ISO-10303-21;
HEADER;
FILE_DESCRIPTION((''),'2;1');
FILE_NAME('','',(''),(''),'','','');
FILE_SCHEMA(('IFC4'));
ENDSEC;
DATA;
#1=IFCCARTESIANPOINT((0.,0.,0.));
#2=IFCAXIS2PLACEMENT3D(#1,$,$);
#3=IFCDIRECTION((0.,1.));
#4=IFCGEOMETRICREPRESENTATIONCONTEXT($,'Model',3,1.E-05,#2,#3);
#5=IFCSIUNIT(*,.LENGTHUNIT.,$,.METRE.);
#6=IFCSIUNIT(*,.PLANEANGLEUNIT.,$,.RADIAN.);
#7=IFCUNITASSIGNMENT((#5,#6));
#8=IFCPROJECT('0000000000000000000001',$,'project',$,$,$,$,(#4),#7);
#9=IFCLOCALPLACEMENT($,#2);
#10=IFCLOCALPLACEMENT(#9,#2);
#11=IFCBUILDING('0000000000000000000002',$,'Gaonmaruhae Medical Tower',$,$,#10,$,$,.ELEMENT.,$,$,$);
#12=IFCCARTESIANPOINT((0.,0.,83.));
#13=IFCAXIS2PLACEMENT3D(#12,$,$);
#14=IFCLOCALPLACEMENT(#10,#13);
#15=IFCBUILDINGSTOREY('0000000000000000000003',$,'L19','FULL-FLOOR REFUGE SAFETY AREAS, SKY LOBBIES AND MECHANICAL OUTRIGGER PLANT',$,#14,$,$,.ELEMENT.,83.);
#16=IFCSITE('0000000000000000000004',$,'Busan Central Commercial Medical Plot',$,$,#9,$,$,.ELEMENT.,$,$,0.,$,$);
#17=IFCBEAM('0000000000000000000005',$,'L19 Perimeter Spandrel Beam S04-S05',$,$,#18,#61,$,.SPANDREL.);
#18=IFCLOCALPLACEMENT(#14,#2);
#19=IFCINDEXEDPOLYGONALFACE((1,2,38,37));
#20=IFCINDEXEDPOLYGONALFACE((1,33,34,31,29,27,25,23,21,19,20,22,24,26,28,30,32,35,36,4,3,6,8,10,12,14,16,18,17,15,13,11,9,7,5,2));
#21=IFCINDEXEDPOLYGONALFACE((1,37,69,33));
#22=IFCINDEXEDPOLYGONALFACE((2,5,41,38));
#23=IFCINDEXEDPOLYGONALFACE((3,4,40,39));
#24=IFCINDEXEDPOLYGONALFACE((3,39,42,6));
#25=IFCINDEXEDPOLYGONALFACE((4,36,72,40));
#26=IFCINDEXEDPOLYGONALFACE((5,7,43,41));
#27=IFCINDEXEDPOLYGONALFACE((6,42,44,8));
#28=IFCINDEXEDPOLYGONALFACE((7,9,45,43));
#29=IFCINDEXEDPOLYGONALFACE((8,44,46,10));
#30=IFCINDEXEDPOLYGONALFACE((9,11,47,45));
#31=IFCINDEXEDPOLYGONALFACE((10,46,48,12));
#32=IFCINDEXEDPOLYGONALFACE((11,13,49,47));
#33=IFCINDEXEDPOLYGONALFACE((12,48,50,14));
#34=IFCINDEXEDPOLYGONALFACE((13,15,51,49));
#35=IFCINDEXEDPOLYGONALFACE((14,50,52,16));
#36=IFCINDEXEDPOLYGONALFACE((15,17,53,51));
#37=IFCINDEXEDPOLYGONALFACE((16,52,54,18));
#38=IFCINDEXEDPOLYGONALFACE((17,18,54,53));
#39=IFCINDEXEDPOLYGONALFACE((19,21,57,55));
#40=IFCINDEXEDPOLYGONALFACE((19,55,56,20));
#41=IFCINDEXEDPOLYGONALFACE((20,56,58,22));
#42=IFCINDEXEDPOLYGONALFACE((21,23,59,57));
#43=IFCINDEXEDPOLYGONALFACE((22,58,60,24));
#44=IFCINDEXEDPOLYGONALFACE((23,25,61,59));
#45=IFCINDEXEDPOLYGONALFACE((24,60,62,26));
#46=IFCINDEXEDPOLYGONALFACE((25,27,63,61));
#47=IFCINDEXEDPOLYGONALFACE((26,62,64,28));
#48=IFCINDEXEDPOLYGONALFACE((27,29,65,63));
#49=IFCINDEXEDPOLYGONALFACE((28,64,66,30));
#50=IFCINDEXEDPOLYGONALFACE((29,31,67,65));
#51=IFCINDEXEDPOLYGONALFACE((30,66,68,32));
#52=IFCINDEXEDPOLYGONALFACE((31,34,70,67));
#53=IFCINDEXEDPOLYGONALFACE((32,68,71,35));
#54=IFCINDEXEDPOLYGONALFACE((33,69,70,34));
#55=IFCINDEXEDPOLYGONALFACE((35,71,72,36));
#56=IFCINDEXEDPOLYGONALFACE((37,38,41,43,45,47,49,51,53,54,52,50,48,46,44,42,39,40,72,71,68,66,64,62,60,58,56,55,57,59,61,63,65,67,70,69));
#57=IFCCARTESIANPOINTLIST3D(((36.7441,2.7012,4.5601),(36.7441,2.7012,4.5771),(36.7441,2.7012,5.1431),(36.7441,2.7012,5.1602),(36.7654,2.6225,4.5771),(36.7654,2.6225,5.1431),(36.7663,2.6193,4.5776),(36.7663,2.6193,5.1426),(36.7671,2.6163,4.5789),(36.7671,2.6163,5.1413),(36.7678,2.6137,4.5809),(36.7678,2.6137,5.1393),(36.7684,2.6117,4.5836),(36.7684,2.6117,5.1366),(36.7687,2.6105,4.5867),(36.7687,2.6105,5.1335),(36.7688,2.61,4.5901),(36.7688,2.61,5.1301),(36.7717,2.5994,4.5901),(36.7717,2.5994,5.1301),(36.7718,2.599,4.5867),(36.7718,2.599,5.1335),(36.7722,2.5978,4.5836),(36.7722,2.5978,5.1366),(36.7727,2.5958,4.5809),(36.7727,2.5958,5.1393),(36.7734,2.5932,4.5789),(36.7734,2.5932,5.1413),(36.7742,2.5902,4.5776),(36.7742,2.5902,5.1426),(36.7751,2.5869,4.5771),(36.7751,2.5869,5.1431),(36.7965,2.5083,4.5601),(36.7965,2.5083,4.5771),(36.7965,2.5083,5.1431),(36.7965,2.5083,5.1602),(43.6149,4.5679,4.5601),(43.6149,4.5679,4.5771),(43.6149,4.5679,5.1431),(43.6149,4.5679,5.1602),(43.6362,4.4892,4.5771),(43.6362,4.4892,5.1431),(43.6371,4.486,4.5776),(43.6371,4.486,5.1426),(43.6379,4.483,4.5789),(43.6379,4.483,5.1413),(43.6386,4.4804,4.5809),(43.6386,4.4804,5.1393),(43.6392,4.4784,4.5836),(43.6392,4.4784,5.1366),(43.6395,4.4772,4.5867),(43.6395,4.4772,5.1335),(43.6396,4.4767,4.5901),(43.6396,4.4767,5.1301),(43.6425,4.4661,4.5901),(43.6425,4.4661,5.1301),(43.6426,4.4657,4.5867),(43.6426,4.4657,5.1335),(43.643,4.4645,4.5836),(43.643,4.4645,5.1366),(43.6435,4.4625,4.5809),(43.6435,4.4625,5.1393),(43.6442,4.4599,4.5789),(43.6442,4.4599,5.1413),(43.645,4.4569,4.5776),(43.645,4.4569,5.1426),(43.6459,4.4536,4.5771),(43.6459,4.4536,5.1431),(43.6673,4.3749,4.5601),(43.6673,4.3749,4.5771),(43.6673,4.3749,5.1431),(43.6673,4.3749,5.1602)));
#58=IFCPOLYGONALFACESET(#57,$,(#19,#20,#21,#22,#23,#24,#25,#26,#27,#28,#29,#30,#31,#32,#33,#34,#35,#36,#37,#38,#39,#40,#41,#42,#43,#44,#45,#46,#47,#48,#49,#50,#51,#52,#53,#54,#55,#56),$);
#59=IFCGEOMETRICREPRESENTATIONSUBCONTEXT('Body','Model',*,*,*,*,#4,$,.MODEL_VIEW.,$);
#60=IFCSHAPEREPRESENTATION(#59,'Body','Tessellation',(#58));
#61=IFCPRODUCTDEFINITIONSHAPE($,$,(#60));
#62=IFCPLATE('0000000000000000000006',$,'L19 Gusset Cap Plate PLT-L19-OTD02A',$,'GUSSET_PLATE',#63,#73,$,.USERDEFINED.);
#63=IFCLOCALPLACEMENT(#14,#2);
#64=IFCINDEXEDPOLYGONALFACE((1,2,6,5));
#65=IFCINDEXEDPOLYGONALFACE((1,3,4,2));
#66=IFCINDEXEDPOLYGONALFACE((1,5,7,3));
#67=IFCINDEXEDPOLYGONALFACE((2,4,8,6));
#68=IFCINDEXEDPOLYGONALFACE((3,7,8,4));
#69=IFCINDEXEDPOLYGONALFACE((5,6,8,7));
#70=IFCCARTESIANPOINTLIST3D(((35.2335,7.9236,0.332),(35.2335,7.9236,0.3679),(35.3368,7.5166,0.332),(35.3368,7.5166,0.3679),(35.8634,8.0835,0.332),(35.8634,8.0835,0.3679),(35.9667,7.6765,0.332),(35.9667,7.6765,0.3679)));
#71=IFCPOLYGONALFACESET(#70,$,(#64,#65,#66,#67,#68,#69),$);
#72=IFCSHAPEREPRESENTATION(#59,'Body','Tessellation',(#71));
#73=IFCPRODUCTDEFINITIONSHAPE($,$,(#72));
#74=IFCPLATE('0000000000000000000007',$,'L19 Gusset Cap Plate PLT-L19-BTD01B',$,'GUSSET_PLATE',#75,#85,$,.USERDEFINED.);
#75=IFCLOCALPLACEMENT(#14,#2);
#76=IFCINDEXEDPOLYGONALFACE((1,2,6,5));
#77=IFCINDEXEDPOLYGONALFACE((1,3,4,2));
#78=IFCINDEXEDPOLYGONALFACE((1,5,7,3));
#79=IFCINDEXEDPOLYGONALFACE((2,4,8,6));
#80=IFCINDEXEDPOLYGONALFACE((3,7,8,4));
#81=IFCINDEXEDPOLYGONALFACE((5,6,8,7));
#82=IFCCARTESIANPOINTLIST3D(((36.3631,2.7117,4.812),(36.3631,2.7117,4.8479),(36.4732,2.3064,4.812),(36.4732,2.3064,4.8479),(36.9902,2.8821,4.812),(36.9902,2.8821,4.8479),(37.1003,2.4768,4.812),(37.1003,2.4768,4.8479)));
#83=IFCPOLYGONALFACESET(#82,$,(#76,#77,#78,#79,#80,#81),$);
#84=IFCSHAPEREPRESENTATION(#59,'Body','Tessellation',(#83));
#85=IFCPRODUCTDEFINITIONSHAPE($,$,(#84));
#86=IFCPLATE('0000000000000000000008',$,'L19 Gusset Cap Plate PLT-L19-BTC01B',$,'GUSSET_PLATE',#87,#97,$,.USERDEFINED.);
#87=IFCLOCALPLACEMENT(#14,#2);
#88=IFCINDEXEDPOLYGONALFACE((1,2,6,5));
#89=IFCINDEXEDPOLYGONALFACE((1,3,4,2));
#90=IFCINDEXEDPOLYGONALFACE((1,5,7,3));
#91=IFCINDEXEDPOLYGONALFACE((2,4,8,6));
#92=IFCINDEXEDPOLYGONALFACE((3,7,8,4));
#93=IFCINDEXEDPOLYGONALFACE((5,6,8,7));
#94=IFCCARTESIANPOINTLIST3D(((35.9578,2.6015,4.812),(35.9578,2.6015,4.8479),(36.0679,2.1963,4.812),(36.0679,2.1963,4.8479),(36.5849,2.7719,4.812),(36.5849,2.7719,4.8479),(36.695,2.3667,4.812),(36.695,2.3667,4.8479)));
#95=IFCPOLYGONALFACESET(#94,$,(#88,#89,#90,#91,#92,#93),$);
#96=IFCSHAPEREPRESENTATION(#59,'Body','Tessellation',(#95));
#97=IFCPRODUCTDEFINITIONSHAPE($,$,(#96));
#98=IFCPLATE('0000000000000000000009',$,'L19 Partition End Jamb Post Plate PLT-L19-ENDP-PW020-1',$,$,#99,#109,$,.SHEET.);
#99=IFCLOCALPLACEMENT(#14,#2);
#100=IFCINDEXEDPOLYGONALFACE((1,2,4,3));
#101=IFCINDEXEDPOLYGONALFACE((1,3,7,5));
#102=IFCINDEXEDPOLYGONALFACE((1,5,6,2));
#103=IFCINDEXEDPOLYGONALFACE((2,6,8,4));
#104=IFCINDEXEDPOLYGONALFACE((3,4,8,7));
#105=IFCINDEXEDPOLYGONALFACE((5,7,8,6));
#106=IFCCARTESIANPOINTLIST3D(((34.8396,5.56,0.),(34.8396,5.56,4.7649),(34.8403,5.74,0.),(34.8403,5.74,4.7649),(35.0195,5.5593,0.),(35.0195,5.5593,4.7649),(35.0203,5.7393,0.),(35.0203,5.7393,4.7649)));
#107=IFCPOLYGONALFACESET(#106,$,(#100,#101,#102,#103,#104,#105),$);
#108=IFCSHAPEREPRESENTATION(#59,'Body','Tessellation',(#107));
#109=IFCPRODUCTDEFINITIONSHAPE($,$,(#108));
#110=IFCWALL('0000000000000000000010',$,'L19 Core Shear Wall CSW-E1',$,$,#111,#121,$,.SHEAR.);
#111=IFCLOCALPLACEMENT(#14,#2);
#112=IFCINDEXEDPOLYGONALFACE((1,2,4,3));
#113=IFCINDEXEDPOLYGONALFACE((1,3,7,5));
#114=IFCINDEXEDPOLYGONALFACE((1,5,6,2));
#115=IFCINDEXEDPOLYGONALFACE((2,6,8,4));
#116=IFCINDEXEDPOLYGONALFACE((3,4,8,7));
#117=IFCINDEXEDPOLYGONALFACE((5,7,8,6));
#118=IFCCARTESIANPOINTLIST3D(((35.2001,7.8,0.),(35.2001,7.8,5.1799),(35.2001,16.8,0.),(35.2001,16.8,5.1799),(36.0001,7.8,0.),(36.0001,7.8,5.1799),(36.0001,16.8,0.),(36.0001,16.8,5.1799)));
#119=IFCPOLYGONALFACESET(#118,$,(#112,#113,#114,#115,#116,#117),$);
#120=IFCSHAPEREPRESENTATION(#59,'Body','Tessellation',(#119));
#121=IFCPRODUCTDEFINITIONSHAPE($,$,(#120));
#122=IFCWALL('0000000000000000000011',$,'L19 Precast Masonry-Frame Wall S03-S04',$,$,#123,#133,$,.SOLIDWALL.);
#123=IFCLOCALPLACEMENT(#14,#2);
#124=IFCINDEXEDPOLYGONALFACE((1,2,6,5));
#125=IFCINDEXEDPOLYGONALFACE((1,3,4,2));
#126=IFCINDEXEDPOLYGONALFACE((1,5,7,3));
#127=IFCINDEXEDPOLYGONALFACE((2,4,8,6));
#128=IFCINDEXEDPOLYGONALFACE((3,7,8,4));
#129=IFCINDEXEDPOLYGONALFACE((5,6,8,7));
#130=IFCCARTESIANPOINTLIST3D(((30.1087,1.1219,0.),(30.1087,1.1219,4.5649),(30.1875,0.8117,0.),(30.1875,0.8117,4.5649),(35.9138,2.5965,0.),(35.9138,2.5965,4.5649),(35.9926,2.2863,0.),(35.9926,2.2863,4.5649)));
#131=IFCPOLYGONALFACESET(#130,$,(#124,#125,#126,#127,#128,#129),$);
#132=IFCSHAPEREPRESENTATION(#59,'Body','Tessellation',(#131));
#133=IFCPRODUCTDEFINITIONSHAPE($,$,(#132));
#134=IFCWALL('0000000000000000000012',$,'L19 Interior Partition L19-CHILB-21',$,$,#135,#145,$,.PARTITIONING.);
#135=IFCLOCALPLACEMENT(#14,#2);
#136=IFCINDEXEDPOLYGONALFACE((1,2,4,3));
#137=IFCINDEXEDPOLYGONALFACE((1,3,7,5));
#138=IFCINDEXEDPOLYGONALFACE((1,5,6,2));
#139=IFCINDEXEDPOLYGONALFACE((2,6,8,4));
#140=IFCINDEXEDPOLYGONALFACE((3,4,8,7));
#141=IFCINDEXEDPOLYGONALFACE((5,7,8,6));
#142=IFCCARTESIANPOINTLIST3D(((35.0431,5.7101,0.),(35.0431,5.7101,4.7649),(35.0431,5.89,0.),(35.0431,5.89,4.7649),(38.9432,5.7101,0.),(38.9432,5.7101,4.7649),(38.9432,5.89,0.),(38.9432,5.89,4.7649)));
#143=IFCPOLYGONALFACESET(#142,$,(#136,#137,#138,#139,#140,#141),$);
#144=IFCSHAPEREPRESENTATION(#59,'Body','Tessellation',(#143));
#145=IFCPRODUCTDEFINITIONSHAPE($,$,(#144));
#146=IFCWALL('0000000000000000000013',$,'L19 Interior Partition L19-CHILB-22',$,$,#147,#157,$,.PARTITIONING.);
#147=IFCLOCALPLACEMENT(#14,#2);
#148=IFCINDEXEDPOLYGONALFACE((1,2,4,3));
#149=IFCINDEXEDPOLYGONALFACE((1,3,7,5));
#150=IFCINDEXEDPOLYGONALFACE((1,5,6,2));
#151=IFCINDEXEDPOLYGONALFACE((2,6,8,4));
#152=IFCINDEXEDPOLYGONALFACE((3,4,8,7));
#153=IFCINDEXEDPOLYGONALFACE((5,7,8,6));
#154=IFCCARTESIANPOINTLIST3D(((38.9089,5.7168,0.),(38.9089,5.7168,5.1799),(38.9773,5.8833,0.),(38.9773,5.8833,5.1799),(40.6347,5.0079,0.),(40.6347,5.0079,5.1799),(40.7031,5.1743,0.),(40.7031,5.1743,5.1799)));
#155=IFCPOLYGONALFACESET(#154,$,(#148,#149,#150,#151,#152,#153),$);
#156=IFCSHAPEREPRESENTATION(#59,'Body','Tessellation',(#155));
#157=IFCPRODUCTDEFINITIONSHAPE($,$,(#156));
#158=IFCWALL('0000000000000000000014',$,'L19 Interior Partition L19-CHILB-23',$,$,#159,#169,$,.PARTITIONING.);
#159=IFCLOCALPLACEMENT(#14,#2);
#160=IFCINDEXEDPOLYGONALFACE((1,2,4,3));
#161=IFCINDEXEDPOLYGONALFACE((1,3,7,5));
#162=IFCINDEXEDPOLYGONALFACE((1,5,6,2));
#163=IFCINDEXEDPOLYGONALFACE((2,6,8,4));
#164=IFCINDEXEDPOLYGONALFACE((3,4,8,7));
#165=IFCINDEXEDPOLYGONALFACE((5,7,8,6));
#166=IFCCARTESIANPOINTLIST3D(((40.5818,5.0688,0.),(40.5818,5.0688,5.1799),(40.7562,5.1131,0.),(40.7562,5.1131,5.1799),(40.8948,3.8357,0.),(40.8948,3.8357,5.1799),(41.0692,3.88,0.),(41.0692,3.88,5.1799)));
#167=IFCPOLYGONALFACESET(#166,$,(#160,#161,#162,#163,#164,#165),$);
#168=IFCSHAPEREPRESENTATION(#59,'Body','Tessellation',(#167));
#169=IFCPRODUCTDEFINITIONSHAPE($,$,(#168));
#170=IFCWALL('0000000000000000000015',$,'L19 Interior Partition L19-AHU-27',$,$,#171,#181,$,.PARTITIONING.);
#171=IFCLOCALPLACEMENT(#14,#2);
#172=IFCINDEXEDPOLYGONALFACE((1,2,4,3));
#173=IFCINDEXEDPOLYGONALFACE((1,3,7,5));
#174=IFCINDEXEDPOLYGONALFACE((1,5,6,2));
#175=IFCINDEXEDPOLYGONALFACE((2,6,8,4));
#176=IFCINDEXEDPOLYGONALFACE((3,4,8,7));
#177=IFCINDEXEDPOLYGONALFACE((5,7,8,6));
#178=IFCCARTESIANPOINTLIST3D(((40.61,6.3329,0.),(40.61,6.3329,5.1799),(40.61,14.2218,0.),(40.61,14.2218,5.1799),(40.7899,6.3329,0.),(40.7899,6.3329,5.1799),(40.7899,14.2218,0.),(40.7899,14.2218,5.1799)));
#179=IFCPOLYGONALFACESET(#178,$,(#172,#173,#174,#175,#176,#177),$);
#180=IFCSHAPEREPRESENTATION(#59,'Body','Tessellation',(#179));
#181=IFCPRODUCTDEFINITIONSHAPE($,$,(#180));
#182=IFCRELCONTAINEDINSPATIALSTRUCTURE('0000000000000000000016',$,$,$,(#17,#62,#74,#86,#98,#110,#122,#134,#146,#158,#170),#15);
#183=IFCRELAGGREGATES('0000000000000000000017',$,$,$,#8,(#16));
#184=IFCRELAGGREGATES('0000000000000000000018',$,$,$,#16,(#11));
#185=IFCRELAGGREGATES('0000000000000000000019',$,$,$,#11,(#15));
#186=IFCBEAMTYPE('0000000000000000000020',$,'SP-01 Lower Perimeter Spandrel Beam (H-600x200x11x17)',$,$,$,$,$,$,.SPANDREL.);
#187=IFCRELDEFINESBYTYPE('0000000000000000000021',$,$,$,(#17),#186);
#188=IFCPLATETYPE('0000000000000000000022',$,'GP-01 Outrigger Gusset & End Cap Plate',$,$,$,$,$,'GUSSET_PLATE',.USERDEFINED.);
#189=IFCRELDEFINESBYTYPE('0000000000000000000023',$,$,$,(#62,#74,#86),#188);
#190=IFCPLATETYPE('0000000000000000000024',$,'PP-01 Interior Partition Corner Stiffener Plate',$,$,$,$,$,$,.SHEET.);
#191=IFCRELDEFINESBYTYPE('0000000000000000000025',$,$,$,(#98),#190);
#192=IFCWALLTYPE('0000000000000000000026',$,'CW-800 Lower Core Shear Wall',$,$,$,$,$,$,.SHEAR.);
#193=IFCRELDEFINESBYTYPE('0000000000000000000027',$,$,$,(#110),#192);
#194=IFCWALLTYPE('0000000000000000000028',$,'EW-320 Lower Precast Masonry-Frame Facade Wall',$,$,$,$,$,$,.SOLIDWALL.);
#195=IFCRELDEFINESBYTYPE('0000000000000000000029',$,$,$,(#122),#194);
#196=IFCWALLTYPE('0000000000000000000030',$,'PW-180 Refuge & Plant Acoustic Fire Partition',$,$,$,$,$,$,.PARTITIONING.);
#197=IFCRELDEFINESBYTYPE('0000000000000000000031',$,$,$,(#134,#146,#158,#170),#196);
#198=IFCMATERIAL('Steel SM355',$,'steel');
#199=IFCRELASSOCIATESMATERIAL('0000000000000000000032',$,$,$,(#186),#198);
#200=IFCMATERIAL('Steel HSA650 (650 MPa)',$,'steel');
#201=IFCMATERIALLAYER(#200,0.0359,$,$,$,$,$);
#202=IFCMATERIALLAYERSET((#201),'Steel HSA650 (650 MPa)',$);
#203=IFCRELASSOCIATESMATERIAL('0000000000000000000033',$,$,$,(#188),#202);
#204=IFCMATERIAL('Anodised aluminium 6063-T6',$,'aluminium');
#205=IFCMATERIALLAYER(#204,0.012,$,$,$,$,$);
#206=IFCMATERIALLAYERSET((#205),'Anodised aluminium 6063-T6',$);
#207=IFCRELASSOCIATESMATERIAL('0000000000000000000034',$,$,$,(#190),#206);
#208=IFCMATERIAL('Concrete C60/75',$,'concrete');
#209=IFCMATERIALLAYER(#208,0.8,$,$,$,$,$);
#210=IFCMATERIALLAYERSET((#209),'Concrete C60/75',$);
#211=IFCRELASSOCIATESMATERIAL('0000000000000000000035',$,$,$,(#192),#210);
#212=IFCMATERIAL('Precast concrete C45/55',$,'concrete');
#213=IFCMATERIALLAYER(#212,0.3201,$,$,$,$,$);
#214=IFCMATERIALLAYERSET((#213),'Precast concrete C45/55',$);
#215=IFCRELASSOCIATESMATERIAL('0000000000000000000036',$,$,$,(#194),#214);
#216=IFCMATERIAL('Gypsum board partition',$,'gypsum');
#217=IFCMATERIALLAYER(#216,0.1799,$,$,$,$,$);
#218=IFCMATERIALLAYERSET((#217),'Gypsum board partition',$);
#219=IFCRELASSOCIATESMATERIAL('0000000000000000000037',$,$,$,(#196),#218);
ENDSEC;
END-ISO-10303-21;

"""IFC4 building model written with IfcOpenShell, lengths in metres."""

from ifc_helpers import new_model, si_unit, direction, frame, frame_2d, origin, origin_2d, place, context, subcontext, project, spatial, rectangle, i_section, extrude, material, layer, layer_set, material_profile, profile_set, type_object, element, save


model = new_model("IFC4")

# Units and contexts
model_context = context("Model", 3, precision=1e-05, world=origin(), true_north=direction((0.0, 1.0)))
body_context = subcontext(model_context, "Body", "Model", "MODEL_VIEW")
ifc_project = project(units=[si_unit("LENGTHUNIT", "METRE"), si_unit("PLANEANGLEUNIT", "RADIAN")], contexts=[model_context])

# Site, building, storey
site_placement = place(None, origin())
site = spatial("IfcSite", under=ifc_project, at=site_placement, Name="Busan Central Commercial Medical Plot", CompositionType="ELEMENT", RefElevation=0.0)
building_placement = place(site_placement, origin())
building = spatial("IfcBuilding", under=site, at=building_placement, Name="Gaonmaruhae Medical Tower", CompositionType="ELEMENT")
storey_placement = place(building_placement, frame((0.0, 0.0, 83.0)))
storey = spatial("IfcBuildingStorey", under=building, at=storey_placement, Name="L19", Description="FULL-FLOOR REFUGE SAFETY AREAS, SKY LOBBIES AND MECHANICAL OUTRIGGER PLANT", CompositionType="ELEMENT", Elevation=83.0)

# Shared definitions
ifc_material_1 = material(Name="Concrete C60/75", Category="concrete")
ifc_material_2 = material(Name="Steel HSA650 (650 MPa)", Category="steel")

# Beam
ifc_material_3 = material(Name="Steel SM355", Category="steel")
ifc_material_profile_1 = material_profile(ifc_material_3, i_section(OverallWidth=0.2, OverallDepth=0.6001, WebThickness=0.011, FlangeThickness=0.0171, FilletRadius=0.0129, at=origin_2d()), Name="H-600x200x11x17")
ifc_profile_set_1 = profile_set([ifc_material_profile_1], Name="Steel SM355")
beam_type_1 = type_object("IfcBeamType", Name="SP-01 Lower Perimeter Spandrel Beam (H-600x200x11x17)", PredefinedType="SPANDREL", material=ifc_profile_set_1)
beam_1_placement = place(storey_placement, frame((36.7703, 2.6047, 4.8601), z_axis=(0.965019, 0.26218, 0.0), x_axis=(-0.26218, 0.965019, 0.0)))
element("IfcBeam", 1, at=beam_1_placement, inside=storey, type_object=beam_type_1, Name="L19 Perimeter Spandrel Beam S04-S05", PredefinedType="SPANDREL", context=body_context, shape_type="SweptSolid", body=[
    extrude(i_section(OverallWidth=0.2, OverallDepth=0.6001, WebThickness=0.011, FlangeThickness=0.0171, FilletRadius=0.0129, at=origin_2d()), origin(), (0.0, 0.0, 1.0), 7.1199),
])

# Plates
ifc_layer_1 = layer(ifc_material_2, 0.0359)
ifc_layer_set_1 = layer_set([ifc_layer_1], Name="Steel HSA650 (650 MPa)")
plate_type_1 = type_object("IfcPlateType", Name="GP-01 Outrigger Gusset & End Cap Plate", ElementType="GUSSET_PLATE", PredefinedType="USERDEFINED", material=ifc_layer_set_1)
for number, where, z_axis, x_axis, name in (
    (2, (35.6001, 7.8, 0.332), (0.0, 0.0, 1.0), (0.969231, 0.246153, 0.0), "L19 Gusset Cap Plate PLT-L19-OTD02A"),
    (3, (36.7317, 2.5942, 4.812), (0.0, 0.0, 1.0), (0.965016, 0.262189, 0.0), "L19 Gusset Cap Plate PLT-L19-BTD01B"),
    (4, (36.3264, 2.4841, 4.812), (0.0, 0.0, 1.0), (0.965016, 0.262189, 0.0), "L19 Gusset Cap Plate PLT-L19-BTC01B"),
):
    element("IfcPlate", number, at=place(storey_placement, frame(where, z_axis=z_axis, x_axis=x_axis)), inside=storey, type_object=plate_type_1, Name=name, ObjectType="GUSSET_PLATE", PredefinedType="USERDEFINED", context=body_context, shape_type="SweptSolid", body=[
        extrude(rectangle(XDim=0.6499, YDim=0.4199, at=origin_2d()), origin(), (0.0, 0.0, 1.0), 0.0359),
    ])
ifc_material_4 = material(Name="Anodised aluminium 6063-T6", Category="aluminium")
ifc_layer_2 = layer(ifc_material_4, 0.012)
ifc_layer_set_2 = layer_set([ifc_layer_2], Name="Anodised aluminium 6063-T6")
plate_type_2 = type_object("IfcPlateType", Name="PP-01 Interior Partition Corner Stiffener Plate", PredefinedType="SHEET", material=ifc_layer_set_2)
plate_placement = place(storey_placement, frame((34.9299, 5.6497, 0.0), z_axis=(0.0, 0.0, 1.0), x_axis=(0.999992, -0.003927, 0.0)))
element("IfcPlate", 5, at=plate_placement, inside=storey, type_object=plate_type_2, Name="L19 Partition End Jamb Post Plate PLT-L19-ENDP-PW020-1", PredefinedType="SHEET", context=body_context, shape_type="SweptSolid", body=[
    extrude(rectangle(XDim=0.1799, YDim=0.1799, at=origin_2d()), origin(), (0.0, 0.0, 1.0), 4.7649),
])

# Walls
ifc_layer_3 = layer(ifc_material_1, 0.8)
ifc_layer_set_3 = layer_set([ifc_layer_3], Name="Concrete C60/75")
wall_type_1 = type_object("IfcWallType", Name="CW-800 Lower Core Shear Wall", PredefinedType="SHEAR", material=ifc_layer_set_3)
wall_1_placement = place(storey_placement, frame((35.6001, 7.8, 0.0), z_axis=(0.0, 0.0, 1.0), x_axis=(0.0, 1.0, 0.0)))
element("IfcWall", 6, at=wall_1_placement, inside=storey, type_object=wall_type_1, Name="L19 Core Shear Wall CSW-E1", PredefinedType="SHEAR", context=body_context, shape_type="SweptSolid", body=[
    extrude(rectangle(XDim=9.0, YDim=0.8, at=frame_2d((4.5, 0.0))), origin(), (0.0, 0.0, 1.0), 5.1799),
])
ifc_material_5 = material(Name="Precast concrete C45/55", Category="concrete")
ifc_layer_4 = layer(ifc_material_5, 0.3201)
ifc_layer_set_4 = layer_set([ifc_layer_4], Name="Precast concrete C45/55")
wall_type_2 = type_object("IfcWallType", Name="EW-320 Lower Precast Masonry-Frame Facade Wall", PredefinedType="SOLIDWALL", material=ifc_layer_set_4)
wall_2_placement = place(storey_placement, frame((35.9531, 2.4414, 0.0), z_axis=(0.0, 0.0, 1.0), x_axis=(-0.96922, -0.246198, 0.0)))
element("IfcWall", 7, at=wall_2_placement, inside=storey, type_object=wall_type_2, Name="L19 Precast Masonry-Frame Wall S03-S04", PredefinedType="SOLIDWALL", context=body_context, shape_type="SweptSolid", body=[
    extrude(rectangle(XDim=5.9895, YDim=0.3201, at=frame_2d((2.9946, 0.0))), origin(), (0.0, 0.0, 1.0), 4.5649),
])
ifc_material_6 = material(Name="Gypsum board partition", Category="gypsum")
ifc_layer_5 = layer(ifc_material_6, 0.1799)
ifc_layer_set_5 = layer_set([ifc_layer_5], Name="Gypsum board partition")
wall_type_3 = type_object("IfcWallType", Name="PW-180 Refuge & Plant Acoustic Fire Partition", PredefinedType="PARTITIONING", material=ifc_layer_set_5)
wall_3_placement = place(storey_placement, frame((35.043, 5.8, 0.0), z_axis=(0.0, 0.0, 1.0), x_axis=(1.0, 0.0, 0.0)))
element("IfcWall", 8, at=wall_3_placement, inside=storey, type_object=wall_type_3, Name="L19 Interior Partition L19-CHILB-21", PredefinedType="PARTITIONING", context=body_context, shape_type="SweptSolid", body=[
    extrude(rectangle(XDim=3.9001, YDim=0.1799, at=frame_2d((1.9502, 0.0))), origin(), (0.0, 0.0, 1.0), 4.7649),
])
wall_4_placement = place(storey_placement, frame((38.9431, 5.8, 0.0), z_axis=(0.0, 0.0, 1.0), x_axis=(0.924989, -0.379993, 0.0)))
element("IfcWall", 9, at=wall_4_placement, inside=storey, type_object=wall_type_3, Name="L19 Interior Partition L19-CHILB-22", PredefinedType="PARTITIONING", context=body_context, shape_type="SweptSolid", body=[
    extrude(rectangle(XDim=1.8657, YDim=0.1799, at=frame_2d((0.9329, 0.0))), origin(), (0.0, 0.0, 1.0), 5.1799),
])
wall_5_placement = place(storey_placement, frame((40.6689, 5.0911, 0.0), z_axis=(0.0, 0.0, 1.0), x_axis=(0.246011, -0.969267, 0.0)))
element("IfcWall", 10, at=wall_5_placement, inside=storey, type_object=wall_type_3, Name="L19 Interior Partition L19-CHILB-23", PredefinedType="PARTITIONING", context=body_context, shape_type="SweptSolid", body=[
    extrude(rectangle(XDim=1.2722, YDim=0.1799, at=frame_2d((0.6362, 0.0))), origin(), (0.0, 0.0, 1.0), 5.1799),
])
wall_6_placement = place(storey_placement, frame((40.7, 6.333, 0.0), z_axis=(0.0, 0.0, 1.0), x_axis=(0.0, 1.0, 0.0)))
element("IfcWall", 11, at=wall_6_placement, inside=storey, type_object=wall_type_3, Name="L19 Interior Partition L19-AHU-27", PredefinedType="PARTITIONING", context=body_context, shape_type="SweptSolid", body=[
    extrude(rectangle(XDim=7.8889, YDim=0.1799, at=frame_2d((3.9443, 0.0))), origin(), (0.0, 0.0, 1.0), 5.1799),
])

save(model, "model.ifc")
